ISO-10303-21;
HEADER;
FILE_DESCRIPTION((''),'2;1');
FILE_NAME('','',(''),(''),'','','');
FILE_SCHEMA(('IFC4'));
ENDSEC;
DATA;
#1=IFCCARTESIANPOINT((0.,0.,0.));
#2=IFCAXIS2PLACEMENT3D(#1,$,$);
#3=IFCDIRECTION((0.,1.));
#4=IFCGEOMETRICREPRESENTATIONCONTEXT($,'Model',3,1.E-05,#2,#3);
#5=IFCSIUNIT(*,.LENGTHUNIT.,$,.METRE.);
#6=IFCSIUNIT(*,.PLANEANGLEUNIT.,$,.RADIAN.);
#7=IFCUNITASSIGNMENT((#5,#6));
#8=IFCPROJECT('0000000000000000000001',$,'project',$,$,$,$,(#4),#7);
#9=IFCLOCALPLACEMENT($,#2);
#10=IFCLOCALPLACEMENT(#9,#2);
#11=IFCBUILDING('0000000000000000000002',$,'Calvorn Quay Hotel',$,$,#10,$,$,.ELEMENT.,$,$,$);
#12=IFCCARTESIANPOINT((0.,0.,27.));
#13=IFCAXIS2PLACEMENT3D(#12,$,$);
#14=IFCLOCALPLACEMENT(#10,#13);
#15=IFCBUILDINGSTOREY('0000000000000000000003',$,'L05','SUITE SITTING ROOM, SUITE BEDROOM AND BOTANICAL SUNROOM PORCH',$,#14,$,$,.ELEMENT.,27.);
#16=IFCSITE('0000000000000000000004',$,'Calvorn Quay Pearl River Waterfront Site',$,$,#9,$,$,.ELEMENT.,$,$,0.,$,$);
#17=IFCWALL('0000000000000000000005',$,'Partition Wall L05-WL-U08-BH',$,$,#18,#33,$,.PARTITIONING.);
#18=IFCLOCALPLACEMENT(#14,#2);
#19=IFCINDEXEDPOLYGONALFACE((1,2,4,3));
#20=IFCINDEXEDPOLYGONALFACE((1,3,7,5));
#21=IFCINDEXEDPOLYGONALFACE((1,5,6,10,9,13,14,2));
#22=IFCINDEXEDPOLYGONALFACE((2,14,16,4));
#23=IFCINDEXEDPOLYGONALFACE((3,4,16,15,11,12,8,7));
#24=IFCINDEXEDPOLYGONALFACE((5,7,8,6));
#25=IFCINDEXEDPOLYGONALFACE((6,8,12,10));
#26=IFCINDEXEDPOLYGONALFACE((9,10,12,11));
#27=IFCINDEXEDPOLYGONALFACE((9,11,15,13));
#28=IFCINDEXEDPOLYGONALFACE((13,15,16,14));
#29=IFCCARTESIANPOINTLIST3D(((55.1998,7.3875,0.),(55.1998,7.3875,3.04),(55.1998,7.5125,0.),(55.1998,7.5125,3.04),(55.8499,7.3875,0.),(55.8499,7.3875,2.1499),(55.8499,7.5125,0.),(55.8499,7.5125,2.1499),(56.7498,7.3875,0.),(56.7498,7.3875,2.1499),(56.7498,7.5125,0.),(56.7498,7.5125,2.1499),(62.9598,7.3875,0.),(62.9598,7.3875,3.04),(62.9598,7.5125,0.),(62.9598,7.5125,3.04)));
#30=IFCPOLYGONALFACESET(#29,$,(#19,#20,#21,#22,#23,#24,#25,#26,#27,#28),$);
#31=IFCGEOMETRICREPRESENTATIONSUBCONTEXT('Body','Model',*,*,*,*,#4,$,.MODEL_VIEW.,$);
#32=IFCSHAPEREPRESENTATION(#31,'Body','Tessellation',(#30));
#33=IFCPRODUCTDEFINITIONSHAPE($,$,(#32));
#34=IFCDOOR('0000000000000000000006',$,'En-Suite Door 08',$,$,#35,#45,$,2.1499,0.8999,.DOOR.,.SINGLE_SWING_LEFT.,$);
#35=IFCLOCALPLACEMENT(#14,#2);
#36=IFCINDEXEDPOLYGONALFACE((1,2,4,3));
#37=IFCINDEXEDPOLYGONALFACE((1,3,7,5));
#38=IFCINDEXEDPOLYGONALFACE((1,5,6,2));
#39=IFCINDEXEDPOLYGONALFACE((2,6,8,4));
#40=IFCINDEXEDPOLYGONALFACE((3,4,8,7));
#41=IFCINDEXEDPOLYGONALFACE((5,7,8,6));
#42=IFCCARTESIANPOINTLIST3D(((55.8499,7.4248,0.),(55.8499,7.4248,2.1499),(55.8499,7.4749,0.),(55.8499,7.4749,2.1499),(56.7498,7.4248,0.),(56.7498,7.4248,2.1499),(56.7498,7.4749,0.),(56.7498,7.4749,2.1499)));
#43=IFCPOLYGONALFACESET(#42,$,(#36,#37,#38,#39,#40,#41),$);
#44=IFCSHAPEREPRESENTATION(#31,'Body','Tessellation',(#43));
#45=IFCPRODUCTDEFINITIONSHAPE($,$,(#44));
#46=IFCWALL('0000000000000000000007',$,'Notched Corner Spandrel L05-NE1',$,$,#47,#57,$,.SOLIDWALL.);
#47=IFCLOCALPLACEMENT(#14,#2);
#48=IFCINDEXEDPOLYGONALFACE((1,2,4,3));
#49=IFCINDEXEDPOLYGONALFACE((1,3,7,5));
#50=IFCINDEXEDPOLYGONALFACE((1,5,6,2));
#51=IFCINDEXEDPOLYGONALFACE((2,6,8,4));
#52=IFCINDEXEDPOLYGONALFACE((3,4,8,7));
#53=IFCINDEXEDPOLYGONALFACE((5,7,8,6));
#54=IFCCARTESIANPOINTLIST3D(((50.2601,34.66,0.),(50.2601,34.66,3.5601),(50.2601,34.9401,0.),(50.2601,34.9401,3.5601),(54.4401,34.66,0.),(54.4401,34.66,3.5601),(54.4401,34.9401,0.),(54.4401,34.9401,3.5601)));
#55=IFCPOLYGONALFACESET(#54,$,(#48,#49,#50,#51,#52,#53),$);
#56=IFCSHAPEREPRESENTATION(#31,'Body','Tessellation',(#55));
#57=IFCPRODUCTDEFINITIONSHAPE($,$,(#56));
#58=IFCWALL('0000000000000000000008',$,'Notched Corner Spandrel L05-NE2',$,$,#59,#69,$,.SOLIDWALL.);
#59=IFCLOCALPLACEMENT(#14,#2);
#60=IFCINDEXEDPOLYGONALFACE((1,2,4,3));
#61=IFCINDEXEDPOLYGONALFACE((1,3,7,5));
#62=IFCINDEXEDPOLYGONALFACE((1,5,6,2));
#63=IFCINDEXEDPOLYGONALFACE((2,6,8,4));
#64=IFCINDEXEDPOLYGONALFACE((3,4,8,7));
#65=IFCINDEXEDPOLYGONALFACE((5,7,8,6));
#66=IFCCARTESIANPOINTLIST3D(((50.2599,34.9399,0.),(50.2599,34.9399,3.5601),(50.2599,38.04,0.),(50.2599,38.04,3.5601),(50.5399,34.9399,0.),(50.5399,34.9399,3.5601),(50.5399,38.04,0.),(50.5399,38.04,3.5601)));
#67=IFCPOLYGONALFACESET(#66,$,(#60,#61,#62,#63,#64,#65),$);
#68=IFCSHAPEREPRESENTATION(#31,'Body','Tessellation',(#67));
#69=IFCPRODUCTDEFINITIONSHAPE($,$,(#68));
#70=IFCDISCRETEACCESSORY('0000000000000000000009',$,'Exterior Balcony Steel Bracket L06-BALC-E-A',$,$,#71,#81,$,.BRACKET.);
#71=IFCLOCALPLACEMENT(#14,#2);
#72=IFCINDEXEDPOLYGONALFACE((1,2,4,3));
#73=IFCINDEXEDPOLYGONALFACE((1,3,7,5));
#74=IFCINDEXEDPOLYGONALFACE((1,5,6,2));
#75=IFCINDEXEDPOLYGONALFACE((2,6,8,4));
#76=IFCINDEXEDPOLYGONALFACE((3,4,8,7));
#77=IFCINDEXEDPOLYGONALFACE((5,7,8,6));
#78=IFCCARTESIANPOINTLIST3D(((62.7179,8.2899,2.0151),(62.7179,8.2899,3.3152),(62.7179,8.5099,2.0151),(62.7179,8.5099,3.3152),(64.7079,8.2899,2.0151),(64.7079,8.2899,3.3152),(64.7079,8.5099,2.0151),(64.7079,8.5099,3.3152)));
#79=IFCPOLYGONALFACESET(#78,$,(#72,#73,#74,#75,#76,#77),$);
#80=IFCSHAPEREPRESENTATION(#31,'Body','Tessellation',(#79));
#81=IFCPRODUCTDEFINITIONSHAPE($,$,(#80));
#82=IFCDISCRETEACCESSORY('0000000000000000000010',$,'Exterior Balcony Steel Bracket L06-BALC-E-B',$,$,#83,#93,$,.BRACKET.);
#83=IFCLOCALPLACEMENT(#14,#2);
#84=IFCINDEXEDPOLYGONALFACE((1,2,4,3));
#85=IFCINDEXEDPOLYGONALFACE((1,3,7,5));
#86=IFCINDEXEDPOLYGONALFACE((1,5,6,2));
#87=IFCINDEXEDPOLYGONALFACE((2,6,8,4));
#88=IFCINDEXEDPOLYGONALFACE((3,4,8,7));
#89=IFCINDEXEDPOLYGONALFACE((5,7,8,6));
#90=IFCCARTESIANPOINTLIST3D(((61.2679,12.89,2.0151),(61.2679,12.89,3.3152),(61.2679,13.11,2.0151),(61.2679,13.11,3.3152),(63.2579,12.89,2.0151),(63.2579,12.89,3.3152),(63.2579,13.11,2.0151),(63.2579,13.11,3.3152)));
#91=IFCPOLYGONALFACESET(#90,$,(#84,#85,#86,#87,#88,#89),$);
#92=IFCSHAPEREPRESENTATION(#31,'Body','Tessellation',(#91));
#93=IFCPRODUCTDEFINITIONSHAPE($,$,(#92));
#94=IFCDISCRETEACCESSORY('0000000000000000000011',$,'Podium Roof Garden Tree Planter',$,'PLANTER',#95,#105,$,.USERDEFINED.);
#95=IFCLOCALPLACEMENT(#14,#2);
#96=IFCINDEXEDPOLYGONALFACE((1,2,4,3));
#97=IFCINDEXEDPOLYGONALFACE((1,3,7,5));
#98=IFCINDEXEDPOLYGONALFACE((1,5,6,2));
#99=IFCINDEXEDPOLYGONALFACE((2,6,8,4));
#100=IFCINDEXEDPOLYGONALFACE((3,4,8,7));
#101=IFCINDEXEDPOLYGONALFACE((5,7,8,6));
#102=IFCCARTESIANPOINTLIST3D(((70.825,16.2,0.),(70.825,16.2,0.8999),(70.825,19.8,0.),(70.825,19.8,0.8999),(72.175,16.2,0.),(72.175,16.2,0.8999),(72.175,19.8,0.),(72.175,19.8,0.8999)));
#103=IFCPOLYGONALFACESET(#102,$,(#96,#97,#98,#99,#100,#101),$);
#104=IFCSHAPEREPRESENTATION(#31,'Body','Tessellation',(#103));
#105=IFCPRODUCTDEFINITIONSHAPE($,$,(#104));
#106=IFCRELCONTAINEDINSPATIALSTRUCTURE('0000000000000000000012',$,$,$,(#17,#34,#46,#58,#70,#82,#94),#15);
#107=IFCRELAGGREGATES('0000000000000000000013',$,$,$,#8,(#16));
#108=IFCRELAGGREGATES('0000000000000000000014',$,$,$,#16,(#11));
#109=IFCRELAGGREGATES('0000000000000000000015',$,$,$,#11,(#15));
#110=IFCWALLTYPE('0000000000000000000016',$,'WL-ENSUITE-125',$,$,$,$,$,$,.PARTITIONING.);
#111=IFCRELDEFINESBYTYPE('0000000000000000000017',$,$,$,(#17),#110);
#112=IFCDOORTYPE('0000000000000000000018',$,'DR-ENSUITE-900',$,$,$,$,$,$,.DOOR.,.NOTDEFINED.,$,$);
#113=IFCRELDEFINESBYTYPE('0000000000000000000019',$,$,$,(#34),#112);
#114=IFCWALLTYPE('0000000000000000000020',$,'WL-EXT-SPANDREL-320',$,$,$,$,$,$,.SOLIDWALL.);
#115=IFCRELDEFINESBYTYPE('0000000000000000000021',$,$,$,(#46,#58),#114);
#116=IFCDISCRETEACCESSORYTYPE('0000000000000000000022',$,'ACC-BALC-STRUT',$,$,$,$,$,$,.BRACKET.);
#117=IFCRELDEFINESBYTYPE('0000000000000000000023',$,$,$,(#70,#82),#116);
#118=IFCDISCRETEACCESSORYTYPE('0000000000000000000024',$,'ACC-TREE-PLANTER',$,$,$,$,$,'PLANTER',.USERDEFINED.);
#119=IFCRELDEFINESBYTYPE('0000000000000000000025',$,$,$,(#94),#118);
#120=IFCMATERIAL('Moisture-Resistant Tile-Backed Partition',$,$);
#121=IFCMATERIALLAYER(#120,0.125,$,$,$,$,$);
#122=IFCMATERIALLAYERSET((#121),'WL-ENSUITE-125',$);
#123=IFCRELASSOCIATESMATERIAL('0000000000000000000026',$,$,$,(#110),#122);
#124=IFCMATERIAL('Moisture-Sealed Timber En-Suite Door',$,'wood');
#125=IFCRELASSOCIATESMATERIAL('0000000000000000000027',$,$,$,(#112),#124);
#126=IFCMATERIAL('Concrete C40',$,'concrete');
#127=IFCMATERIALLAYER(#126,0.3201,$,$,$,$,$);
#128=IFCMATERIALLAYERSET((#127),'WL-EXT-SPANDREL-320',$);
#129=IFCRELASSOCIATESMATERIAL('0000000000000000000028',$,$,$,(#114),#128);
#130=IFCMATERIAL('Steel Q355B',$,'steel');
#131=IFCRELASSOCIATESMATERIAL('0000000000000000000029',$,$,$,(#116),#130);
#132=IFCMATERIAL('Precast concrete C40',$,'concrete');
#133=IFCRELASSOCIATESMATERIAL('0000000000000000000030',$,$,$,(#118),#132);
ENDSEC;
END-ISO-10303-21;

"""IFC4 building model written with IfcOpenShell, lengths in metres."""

from ifc_helpers import new_model, si_unit, direction, frame, frame_2d, origin, origin_2d, place, context, subcontext, project, spatial, rectangle, extrude, material, layer, layer_set, type_object, element, fill, save


model = new_model("IFC4")

# Units and contexts
model_context = context("Model", 3, precision=1e-05, world=origin(), true_north=direction((0.0, 1.0)))
body_context = subcontext(model_context, "Body", "Model", "MODEL_VIEW")
ifc_project = project(units=[si_unit("LENGTHUNIT", "METRE"), si_unit("PLANEANGLEUNIT", "RADIAN")], contexts=[model_context])

# Site, building, storey
site_placement = place(None, origin())
site = spatial("IfcSite", under=ifc_project, at=site_placement, Name="Calvorn Quay Pearl River Waterfront Site", CompositionType="ELEMENT", RefElevation=0.0)
building_placement = place(site_placement, origin())
building = spatial("IfcBuilding", under=site, at=building_placement, Name="Calvorn Quay Hotel", CompositionType="ELEMENT")
storey_placement = place(building_placement, frame((0.0, 0.0, 27.0)))
storey = spatial("IfcBuildingStorey", under=building, at=storey_placement, Name="L05", Description="SUITE SITTING ROOM, SUITE BEDROOM AND BOTANICAL SUNROOM PORCH", CompositionType="ELEMENT", Elevation=27.0)

# Shared definitions
ifc_material_1 = material(Name="Moisture-Resistant Tile-Backed Partition")
ifc_layer_1 = layer(ifc_material_1, 0.125)
ifc_layer_set_1 = layer_set([ifc_layer_1], Name="WL-ENSUITE-125")
wall_type_1 = type_object("IfcWallType", Name="WL-ENSUITE-125", PredefinedType="PARTITIONING", material=ifc_layer_set_1)

# Wall, opening, door
wall_1_placement = place(storey_placement, frame((55.2, 7.45, 0.0), z_axis=(0.0, 0.0, 1.0), x_axis=(1.0, 0.0, 0.0)))
wall_1 = element("IfcWall", 1, at=wall_1_placement, inside=storey, type_object=wall_type_1, Name="Partition Wall L05-WL-U08-BH", PredefinedType="PARTITIONING", context=body_context, shape_type="SweptSolid", body=[
    extrude(rectangle(XDim=7.76, YDim=0.125, at=frame_2d((3.8799, 0.0))), origin(), (0.0, 0.0, 1.0), 3.04),
])
opening_placement = place(wall_1_placement, frame((0.6499, 0.0, 0.0)))
opening = element("IfcOpeningElement", 2, at=opening_placement, cuts=wall_1, PredefinedType="OPENING", context=body_context, shape_type="SweptSolid", body=[
    extrude(rectangle(XDim=0.8999, YDim=2.1499, at=frame_2d((0.45, 1.075))), frame((0.0, 0.0725, 0.0), z_axis=(0.0, -1.0, 0.0), x_axis=(1.0, 0.0, 0.0)), (0.0, 0.0, 1.0), 0.145),
])
ifc_material_2 = material(Name="Moisture-Sealed Timber En-Suite Door", Category="wood")
door_type = type_object("IfcDoorType", Name="DR-ENSUITE-900", OperationType="NOTDEFINED", PredefinedType="DOOR", material=ifc_material_2)
door_placement = place(opening_placement, origin())
door = element("IfcDoor", 3, at=door_placement, inside=storey, type_object=door_type, Name="En-Suite Door 08", OperationType="SINGLE_SWING_LEFT", OverallHeight=2.1499, OverallWidth=0.8999, PredefinedType="DOOR", context=body_context, shape_type="SweptSolid", body=[
    extrude(rectangle(XDim=0.8999, YDim=2.1499, at=frame_2d((0.45, 1.075))), frame((0.0, 0.0249, 0.0), z_axis=(0.0, -1.0, 0.0), x_axis=(1.0, 0.0, 0.0)), (0.0, 0.0, 1.0), 0.05),
])
fill(opening, door)

# Walls
ifc_material_3 = material(Name="Concrete C40", Category="concrete")
ifc_layer_2 = layer(ifc_material_3, 0.3201)
ifc_layer_set_2 = layer_set([ifc_layer_2], Name="WL-EXT-SPANDREL-320")
wall_type_2 = type_object("IfcWallType", Name="WL-EXT-SPANDREL-320", PredefinedType="SOLIDWALL", material=ifc_layer_set_2)
wall_2_placement = place(storey_placement, frame((54.4399, 34.8, 0.0), z_axis=(0.0, 0.0, 1.0), x_axis=(-1.0, 0.0, 0.0)))
element("IfcWall", 4, at=wall_2_placement, inside=storey, type_object=wall_type_2, Name="Notched Corner Spandrel L05-NE1", PredefinedType="SOLIDWALL", context=body_context, shape_type="SweptSolid", body=[
    extrude(rectangle(XDim=4.1799, YDim=0.28, at=frame_2d((2.0898, 0.0))), origin(), (0.0, 0.0, 1.0), 3.5601),
])
wall_3_placement = place(storey_placement, frame((50.3999, 34.9399, 0.0), z_axis=(0.0, 0.0, 1.0), x_axis=(0.0, 1.0, 0.0)))
element("IfcWall", 5, at=wall_3_placement, inside=storey, type_object=wall_type_2, Name="Notched Corner Spandrel L05-NE2", PredefinedType="SOLIDWALL", context=body_context, shape_type="SweptSolid", body=[
    extrude(rectangle(XDim=3.1001, YDim=0.28, at=frame_2d((1.55, 0.0))), origin(), (0.0, 0.0, 1.0), 3.5601),
])

# Discrete accessories
ifc_material_4 = material(Name="Steel Q355B", Category="steel")
discrete_accessory_type_1 = type_object("IfcDiscreteAccessoryType", Name="ACC-BALC-STRUT", PredefinedType="BRACKET", material=ifc_material_4)
for number, where, z_axis, x_axis, name in (
    (6, (63.7129, 8.3999, 2.0151), (0.0, 0.0, 1.0), (1.0, 0.0, 0.0), "Exterior Balcony Steel Bracket L06-BALC-E-A"),
    (7, (62.2629, 13.0, 2.0151), (0.0, 0.0, 1.0), (1.0, 0.0, 0.0), "Exterior Balcony Steel Bracket L06-BALC-E-B"),
):
    element("IfcDiscreteAccessory", number, at=place(storey_placement, frame(where, z_axis=z_axis, x_axis=x_axis)), inside=storey, type_object=discrete_accessory_type_1, Name=name, PredefinedType="BRACKET", context=body_context, shape_type="SweptSolid", body=[
        extrude(rectangle(XDim=1.99, YDim=0.22, at=origin_2d()), origin(), (0.0, 0.0, 1.0), 1.3),
    ])
ifc_material_5 = material(Name="Precast concrete C40", Category="concrete")
discrete_accessory_type_2 = type_object("IfcDiscreteAccessoryType", Name="ACC-TREE-PLANTER", ElementType="PLANTER", PredefinedType="USERDEFINED", material=ifc_material_5)
discrete_accessory_placement = place(storey_placement, frame((71.5, 18.0, 0.0), z_axis=(0.0, 0.0, 1.0), x_axis=(1.0, 0.0, 0.0)))
element("IfcDiscreteAccessory", 8, at=discrete_accessory_placement, inside=storey, type_object=discrete_accessory_type_2, Name="Podium Roof Garden Tree Planter", ObjectType="PLANTER", PredefinedType="USERDEFINED", context=body_context, shape_type="SweptSolid", body=[
    extrude(rectangle(XDim=1.3501, YDim=3.6001, at=origin_2d()), origin(), (0.0, 0.0, 1.0), 0.8999),
])

save(model, "model.ifc")
